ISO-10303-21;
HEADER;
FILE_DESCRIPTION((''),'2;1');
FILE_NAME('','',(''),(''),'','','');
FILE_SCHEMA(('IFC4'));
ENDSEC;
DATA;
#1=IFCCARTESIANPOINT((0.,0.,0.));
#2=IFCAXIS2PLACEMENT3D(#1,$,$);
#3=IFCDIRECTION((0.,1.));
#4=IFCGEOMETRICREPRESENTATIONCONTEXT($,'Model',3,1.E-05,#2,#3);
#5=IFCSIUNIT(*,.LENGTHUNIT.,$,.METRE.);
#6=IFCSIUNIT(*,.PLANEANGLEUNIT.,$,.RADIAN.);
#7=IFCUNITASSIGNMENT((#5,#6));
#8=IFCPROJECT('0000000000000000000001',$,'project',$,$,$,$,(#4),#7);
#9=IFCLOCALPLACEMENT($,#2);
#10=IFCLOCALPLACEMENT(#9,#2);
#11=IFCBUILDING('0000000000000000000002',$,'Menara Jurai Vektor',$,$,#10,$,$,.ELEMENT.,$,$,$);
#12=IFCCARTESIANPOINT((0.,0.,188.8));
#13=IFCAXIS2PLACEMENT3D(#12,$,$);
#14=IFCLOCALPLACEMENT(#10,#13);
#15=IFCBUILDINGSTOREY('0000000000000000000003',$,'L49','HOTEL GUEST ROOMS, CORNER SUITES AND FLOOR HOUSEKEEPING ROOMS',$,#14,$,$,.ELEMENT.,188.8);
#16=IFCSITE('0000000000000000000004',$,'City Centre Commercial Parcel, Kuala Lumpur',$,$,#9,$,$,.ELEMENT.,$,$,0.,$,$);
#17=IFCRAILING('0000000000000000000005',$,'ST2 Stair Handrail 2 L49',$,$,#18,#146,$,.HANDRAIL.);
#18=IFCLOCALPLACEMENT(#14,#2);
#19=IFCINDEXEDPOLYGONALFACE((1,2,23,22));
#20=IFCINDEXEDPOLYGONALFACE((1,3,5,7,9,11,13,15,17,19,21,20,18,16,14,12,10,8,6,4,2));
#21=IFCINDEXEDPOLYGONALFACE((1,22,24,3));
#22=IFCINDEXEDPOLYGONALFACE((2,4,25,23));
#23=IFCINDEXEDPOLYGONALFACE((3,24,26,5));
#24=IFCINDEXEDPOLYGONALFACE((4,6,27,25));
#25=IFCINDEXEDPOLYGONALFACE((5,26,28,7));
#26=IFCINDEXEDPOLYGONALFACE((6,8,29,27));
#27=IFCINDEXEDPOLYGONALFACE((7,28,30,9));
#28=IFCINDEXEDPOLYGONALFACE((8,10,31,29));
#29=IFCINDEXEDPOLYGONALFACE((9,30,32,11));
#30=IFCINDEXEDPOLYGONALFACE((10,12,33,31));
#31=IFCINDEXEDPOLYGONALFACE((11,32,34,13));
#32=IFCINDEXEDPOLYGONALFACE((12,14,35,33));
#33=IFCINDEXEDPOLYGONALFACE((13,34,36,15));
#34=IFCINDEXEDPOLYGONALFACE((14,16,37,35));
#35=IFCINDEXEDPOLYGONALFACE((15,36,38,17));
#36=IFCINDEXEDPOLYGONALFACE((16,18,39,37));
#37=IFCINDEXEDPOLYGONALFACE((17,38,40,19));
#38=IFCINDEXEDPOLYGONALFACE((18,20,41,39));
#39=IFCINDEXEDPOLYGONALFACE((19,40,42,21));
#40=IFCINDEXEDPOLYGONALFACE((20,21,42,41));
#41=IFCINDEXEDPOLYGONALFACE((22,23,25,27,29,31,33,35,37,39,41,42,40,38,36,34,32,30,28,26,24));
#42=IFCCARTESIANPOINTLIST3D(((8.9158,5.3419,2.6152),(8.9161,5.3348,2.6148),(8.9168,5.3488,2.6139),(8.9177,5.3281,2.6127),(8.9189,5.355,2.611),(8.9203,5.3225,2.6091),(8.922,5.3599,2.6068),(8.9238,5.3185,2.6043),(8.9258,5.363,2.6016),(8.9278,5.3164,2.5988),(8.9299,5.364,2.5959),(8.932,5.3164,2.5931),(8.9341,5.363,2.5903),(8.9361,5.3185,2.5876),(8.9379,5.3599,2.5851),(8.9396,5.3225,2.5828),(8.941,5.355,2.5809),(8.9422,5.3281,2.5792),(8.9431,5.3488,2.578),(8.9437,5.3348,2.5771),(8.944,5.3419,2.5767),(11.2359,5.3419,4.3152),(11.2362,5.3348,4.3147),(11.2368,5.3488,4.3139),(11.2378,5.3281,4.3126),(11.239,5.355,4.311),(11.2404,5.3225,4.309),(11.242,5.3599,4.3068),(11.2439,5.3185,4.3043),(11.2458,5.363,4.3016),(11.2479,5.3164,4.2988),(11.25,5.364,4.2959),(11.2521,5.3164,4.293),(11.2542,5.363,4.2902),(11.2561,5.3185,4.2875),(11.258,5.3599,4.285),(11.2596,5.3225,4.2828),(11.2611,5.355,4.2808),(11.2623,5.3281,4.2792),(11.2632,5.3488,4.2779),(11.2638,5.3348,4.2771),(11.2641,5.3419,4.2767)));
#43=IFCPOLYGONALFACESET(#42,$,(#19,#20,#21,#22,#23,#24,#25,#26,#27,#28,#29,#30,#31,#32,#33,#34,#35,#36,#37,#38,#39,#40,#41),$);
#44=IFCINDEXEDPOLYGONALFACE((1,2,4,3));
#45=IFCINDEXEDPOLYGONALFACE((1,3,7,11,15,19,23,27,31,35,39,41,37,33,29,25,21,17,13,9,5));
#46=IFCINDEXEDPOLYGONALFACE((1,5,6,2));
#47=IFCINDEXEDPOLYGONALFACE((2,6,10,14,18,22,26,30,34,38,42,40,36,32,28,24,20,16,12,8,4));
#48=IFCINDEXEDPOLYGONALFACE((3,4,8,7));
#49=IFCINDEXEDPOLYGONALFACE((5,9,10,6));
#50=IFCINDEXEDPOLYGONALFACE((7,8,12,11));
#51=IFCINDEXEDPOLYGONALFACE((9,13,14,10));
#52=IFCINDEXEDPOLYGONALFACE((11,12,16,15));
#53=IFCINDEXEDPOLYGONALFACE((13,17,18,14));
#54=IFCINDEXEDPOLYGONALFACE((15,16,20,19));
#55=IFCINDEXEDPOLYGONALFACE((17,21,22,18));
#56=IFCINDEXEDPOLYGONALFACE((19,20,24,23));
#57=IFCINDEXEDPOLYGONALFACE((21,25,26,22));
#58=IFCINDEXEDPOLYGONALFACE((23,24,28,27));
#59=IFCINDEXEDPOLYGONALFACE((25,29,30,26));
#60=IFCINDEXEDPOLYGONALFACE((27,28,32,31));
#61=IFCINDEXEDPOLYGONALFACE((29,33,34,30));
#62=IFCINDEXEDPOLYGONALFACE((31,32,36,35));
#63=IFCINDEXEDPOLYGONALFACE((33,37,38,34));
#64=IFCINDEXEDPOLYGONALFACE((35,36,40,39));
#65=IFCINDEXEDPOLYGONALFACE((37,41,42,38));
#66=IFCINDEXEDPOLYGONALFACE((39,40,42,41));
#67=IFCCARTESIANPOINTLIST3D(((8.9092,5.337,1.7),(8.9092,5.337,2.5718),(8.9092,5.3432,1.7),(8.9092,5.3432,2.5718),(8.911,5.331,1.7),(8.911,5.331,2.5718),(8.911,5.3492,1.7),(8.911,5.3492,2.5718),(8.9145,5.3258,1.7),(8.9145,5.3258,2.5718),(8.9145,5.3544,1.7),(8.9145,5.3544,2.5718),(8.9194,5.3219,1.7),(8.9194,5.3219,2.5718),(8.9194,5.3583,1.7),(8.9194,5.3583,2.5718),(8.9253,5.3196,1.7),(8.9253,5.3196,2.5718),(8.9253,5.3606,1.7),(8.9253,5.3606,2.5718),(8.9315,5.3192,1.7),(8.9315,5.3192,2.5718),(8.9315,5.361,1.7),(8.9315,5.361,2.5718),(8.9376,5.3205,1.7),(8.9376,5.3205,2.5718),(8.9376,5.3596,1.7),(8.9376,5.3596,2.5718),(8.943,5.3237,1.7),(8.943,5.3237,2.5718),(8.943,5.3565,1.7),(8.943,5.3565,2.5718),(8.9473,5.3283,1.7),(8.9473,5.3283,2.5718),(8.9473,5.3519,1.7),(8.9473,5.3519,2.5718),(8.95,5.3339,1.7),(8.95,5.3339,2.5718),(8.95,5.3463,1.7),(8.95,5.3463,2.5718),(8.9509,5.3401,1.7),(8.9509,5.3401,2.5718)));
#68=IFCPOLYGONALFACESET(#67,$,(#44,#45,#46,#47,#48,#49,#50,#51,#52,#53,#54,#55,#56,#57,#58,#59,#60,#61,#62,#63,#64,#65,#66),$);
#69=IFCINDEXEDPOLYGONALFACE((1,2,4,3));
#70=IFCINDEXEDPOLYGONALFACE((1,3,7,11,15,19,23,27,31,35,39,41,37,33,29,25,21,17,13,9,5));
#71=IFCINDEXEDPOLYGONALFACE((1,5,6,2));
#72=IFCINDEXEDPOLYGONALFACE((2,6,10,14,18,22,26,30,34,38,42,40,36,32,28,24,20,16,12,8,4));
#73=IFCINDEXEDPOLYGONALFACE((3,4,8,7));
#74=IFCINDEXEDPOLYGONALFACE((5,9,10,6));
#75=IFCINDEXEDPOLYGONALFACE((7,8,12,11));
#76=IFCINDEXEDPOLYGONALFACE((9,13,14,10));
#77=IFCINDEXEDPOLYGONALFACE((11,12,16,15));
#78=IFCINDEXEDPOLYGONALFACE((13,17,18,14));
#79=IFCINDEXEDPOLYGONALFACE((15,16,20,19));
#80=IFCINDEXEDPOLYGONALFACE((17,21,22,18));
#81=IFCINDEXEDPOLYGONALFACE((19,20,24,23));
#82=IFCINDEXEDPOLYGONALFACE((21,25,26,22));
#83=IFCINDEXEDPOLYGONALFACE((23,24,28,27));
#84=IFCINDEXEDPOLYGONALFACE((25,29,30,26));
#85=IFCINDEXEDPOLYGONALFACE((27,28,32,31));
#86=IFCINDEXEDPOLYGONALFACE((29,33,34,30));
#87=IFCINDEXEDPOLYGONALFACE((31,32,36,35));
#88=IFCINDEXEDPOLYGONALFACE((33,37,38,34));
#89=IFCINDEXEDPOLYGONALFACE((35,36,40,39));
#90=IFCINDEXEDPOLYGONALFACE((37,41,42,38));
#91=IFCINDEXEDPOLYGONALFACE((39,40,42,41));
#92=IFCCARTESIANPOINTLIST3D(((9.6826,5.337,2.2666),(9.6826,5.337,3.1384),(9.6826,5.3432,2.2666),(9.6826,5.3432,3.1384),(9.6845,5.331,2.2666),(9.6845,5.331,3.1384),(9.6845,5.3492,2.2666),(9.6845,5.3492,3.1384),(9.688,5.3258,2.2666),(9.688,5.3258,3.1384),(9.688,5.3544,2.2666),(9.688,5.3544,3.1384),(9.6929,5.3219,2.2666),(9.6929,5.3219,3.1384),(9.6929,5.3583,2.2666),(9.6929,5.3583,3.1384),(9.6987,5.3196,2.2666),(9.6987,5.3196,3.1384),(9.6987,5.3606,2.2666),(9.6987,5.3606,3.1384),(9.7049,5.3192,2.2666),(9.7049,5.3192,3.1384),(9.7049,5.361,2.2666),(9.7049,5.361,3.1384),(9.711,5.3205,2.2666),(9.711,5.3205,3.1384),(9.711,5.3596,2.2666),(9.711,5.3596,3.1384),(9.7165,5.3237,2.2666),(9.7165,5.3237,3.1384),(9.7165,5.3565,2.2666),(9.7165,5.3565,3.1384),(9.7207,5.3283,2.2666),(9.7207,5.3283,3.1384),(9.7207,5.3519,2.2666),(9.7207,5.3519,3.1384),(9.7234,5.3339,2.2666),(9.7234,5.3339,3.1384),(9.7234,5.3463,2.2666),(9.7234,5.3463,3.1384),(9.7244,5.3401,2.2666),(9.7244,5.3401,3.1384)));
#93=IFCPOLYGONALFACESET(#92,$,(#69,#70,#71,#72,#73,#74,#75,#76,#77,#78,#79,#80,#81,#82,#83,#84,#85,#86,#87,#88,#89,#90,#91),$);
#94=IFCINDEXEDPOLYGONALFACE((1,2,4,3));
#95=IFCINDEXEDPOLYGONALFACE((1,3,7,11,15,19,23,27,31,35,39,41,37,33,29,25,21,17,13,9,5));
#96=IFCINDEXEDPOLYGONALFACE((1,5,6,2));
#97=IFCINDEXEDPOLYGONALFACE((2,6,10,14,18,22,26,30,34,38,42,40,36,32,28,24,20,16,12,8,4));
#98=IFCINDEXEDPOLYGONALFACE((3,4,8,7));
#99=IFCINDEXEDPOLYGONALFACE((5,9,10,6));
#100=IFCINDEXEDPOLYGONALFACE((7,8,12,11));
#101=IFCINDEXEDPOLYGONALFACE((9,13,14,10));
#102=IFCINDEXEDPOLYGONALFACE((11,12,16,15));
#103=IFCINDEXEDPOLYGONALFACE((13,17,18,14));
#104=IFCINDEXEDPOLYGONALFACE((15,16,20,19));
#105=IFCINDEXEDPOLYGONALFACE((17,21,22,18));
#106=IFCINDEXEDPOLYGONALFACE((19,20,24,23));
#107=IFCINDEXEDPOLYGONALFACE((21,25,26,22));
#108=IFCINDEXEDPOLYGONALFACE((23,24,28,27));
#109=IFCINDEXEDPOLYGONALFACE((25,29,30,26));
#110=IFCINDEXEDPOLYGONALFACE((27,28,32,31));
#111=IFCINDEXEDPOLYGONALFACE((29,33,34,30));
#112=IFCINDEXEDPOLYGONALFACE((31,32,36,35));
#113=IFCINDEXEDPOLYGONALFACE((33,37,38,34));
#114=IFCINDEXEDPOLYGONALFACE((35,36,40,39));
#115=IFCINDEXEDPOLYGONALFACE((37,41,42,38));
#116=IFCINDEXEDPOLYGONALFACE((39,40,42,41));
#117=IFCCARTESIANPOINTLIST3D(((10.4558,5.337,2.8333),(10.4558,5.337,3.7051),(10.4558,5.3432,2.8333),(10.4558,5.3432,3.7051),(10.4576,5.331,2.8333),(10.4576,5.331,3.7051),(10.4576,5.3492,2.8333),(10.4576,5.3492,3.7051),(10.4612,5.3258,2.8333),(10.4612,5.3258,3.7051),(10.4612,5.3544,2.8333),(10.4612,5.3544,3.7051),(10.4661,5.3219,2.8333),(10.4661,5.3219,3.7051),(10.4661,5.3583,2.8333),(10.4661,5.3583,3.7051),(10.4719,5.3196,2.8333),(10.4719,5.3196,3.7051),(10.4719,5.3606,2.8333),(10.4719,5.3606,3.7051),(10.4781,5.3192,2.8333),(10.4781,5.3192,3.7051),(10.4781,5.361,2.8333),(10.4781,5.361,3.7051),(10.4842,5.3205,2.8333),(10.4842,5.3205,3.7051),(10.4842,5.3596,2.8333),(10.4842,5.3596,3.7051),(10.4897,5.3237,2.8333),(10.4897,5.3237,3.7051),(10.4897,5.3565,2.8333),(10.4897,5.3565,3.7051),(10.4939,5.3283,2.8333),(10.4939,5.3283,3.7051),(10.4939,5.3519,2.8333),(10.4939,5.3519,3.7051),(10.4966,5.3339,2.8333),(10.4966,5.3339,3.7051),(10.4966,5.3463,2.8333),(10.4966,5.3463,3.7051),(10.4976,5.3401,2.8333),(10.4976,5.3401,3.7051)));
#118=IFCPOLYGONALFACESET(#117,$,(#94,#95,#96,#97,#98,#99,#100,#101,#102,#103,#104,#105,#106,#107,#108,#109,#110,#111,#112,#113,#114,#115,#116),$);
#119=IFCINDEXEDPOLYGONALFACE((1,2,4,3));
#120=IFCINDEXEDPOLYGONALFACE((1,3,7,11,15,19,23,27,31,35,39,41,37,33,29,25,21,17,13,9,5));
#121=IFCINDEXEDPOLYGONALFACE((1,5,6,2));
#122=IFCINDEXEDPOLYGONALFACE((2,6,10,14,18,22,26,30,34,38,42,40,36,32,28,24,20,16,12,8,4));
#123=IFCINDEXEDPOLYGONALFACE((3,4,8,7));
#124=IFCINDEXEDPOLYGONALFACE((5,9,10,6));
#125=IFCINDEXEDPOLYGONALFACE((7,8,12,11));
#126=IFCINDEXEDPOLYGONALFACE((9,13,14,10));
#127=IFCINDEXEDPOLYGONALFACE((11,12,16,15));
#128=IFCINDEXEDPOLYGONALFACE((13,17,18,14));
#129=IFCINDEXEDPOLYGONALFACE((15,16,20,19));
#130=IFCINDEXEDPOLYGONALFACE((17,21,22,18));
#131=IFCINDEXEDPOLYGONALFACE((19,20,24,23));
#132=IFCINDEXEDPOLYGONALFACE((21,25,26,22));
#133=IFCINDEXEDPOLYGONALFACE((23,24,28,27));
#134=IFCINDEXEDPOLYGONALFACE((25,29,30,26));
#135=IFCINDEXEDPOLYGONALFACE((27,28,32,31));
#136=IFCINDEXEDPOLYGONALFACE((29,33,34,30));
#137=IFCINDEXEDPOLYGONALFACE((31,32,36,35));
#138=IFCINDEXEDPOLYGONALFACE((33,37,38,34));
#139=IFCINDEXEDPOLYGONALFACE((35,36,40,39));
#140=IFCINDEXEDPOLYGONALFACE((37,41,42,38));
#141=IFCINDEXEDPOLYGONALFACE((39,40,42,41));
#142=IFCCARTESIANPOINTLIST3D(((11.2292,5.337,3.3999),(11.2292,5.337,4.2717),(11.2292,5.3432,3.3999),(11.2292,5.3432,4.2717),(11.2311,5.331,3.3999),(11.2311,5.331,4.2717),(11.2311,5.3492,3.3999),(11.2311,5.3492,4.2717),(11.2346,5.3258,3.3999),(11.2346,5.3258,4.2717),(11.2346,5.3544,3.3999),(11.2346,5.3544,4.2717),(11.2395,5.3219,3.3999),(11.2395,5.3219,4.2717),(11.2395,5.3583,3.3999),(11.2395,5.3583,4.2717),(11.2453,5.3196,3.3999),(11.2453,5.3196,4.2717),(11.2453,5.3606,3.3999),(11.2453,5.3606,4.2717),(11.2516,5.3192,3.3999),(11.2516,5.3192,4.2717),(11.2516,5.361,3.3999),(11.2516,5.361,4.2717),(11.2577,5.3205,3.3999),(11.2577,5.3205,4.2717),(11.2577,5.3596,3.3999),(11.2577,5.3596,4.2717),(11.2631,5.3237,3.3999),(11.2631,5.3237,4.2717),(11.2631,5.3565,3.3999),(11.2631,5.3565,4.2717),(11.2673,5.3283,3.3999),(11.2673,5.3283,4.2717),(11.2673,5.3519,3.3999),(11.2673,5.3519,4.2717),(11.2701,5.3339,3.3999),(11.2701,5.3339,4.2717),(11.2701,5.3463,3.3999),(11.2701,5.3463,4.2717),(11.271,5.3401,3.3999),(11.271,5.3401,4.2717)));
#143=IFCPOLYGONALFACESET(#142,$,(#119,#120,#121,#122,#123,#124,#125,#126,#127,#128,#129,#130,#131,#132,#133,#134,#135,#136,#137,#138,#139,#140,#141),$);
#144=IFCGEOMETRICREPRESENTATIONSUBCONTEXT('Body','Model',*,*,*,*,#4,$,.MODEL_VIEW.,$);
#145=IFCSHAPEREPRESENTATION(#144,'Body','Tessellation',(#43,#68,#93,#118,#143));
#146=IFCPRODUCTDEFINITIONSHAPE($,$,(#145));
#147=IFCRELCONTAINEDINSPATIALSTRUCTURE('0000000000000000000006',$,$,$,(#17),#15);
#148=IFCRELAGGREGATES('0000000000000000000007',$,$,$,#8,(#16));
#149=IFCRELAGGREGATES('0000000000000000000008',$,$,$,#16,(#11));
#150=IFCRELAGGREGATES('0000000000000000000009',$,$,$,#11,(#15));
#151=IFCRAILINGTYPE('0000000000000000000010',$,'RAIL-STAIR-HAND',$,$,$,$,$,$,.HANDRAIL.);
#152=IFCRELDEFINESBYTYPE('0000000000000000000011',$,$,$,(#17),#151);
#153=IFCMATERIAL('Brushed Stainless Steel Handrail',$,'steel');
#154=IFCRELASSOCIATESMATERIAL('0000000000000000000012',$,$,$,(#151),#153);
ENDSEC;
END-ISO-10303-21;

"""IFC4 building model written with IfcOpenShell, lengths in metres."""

from ifc_helpers import new_model, si_unit, direction, frame, origin, origin_2d, place, context, subcontext, project, spatial, circle, extrude, material, type_object, element, save


model = new_model("IFC4")

# Units and contexts
model_context = context("Model", 3, precision=1e-05, world=origin(), true_north=direction((0.0, 1.0)))
body_context = subcontext(model_context, "Body", "Model", "MODEL_VIEW")
ifc_project = project(units=[si_unit("LENGTHUNIT", "METRE"), si_unit("PLANEANGLEUNIT", "RADIAN")], contexts=[model_context])

# Site, building, storey
site_placement = place(None, origin())
site = spatial("IfcSite", under=ifc_project, at=site_placement, Name="City Centre Commercial Parcel, Kuala Lumpur", CompositionType="ELEMENT", RefElevation=0.0)
building_placement = place(site_placement, origin())
building = spatial("IfcBuilding", under=site, at=building_placement, Name="Menara Jurai Vektor", CompositionType="ELEMENT")
storey_placement = place(building_placement, frame((0.0, 0.0, 188.8)))
storey = spatial("IfcBuildingStorey", under=building, at=storey_placement, Name="L49", Description="HOTEL GUEST ROOMS, CORNER SUITES AND FLOOR HOUSEKEEPING ROOMS", CompositionType="ELEMENT", Elevation=188.8)

# Railing
ifc_material_1 = material(Name="Brushed Stainless Steel Handrail", Category="steel")
railing_type_1 = type_object("IfcRailingType", Name="RAIL-STAIR-HAND", PredefinedType="HANDRAIL", material=ifc_material_1)
railing_1_placement = place(storey_placement, frame((8.9299, 5.3401, 1.7)))
element("IfcRailing", 1, at=railing_1_placement, inside=storey, type_object=railing_type_1, Name="ST2 Stair Handrail 2 L49", PredefinedType="HANDRAIL", context=body_context, shape_type="SweptSolid", body=[
    extrude(circle(Radius=0.0239, at=origin_2d()), frame((0.0, 0.0, 0.896), z_axis=(0.806642, 0.0, 0.59104), x_axis=(0.0, 1.0, 0.0)), (0.0, 0.0, 1.0), 2.8762),
    extrude(circle(Radius=0.021, at=origin_2d()), origin(), (0.0, 0.0, 1.0), 0.8718),
    extrude(circle(Radius=0.021, at=origin_2d()), frame((0.7734, 0.0, 0.5667)), (0.0, 0.0, 1.0), 0.8718),
    extrude(circle(Radius=0.021, at=origin_2d()), frame((1.5466, 0.0, 1.1333)), (0.0, 0.0, 1.0), 0.8718),
    extrude(circle(Radius=0.021, at=origin_2d()), frame((2.3201, 0.0, 1.7)), (0.0, 0.0, 1.0), 0.8718),
])

save(model, "model.ifc")
